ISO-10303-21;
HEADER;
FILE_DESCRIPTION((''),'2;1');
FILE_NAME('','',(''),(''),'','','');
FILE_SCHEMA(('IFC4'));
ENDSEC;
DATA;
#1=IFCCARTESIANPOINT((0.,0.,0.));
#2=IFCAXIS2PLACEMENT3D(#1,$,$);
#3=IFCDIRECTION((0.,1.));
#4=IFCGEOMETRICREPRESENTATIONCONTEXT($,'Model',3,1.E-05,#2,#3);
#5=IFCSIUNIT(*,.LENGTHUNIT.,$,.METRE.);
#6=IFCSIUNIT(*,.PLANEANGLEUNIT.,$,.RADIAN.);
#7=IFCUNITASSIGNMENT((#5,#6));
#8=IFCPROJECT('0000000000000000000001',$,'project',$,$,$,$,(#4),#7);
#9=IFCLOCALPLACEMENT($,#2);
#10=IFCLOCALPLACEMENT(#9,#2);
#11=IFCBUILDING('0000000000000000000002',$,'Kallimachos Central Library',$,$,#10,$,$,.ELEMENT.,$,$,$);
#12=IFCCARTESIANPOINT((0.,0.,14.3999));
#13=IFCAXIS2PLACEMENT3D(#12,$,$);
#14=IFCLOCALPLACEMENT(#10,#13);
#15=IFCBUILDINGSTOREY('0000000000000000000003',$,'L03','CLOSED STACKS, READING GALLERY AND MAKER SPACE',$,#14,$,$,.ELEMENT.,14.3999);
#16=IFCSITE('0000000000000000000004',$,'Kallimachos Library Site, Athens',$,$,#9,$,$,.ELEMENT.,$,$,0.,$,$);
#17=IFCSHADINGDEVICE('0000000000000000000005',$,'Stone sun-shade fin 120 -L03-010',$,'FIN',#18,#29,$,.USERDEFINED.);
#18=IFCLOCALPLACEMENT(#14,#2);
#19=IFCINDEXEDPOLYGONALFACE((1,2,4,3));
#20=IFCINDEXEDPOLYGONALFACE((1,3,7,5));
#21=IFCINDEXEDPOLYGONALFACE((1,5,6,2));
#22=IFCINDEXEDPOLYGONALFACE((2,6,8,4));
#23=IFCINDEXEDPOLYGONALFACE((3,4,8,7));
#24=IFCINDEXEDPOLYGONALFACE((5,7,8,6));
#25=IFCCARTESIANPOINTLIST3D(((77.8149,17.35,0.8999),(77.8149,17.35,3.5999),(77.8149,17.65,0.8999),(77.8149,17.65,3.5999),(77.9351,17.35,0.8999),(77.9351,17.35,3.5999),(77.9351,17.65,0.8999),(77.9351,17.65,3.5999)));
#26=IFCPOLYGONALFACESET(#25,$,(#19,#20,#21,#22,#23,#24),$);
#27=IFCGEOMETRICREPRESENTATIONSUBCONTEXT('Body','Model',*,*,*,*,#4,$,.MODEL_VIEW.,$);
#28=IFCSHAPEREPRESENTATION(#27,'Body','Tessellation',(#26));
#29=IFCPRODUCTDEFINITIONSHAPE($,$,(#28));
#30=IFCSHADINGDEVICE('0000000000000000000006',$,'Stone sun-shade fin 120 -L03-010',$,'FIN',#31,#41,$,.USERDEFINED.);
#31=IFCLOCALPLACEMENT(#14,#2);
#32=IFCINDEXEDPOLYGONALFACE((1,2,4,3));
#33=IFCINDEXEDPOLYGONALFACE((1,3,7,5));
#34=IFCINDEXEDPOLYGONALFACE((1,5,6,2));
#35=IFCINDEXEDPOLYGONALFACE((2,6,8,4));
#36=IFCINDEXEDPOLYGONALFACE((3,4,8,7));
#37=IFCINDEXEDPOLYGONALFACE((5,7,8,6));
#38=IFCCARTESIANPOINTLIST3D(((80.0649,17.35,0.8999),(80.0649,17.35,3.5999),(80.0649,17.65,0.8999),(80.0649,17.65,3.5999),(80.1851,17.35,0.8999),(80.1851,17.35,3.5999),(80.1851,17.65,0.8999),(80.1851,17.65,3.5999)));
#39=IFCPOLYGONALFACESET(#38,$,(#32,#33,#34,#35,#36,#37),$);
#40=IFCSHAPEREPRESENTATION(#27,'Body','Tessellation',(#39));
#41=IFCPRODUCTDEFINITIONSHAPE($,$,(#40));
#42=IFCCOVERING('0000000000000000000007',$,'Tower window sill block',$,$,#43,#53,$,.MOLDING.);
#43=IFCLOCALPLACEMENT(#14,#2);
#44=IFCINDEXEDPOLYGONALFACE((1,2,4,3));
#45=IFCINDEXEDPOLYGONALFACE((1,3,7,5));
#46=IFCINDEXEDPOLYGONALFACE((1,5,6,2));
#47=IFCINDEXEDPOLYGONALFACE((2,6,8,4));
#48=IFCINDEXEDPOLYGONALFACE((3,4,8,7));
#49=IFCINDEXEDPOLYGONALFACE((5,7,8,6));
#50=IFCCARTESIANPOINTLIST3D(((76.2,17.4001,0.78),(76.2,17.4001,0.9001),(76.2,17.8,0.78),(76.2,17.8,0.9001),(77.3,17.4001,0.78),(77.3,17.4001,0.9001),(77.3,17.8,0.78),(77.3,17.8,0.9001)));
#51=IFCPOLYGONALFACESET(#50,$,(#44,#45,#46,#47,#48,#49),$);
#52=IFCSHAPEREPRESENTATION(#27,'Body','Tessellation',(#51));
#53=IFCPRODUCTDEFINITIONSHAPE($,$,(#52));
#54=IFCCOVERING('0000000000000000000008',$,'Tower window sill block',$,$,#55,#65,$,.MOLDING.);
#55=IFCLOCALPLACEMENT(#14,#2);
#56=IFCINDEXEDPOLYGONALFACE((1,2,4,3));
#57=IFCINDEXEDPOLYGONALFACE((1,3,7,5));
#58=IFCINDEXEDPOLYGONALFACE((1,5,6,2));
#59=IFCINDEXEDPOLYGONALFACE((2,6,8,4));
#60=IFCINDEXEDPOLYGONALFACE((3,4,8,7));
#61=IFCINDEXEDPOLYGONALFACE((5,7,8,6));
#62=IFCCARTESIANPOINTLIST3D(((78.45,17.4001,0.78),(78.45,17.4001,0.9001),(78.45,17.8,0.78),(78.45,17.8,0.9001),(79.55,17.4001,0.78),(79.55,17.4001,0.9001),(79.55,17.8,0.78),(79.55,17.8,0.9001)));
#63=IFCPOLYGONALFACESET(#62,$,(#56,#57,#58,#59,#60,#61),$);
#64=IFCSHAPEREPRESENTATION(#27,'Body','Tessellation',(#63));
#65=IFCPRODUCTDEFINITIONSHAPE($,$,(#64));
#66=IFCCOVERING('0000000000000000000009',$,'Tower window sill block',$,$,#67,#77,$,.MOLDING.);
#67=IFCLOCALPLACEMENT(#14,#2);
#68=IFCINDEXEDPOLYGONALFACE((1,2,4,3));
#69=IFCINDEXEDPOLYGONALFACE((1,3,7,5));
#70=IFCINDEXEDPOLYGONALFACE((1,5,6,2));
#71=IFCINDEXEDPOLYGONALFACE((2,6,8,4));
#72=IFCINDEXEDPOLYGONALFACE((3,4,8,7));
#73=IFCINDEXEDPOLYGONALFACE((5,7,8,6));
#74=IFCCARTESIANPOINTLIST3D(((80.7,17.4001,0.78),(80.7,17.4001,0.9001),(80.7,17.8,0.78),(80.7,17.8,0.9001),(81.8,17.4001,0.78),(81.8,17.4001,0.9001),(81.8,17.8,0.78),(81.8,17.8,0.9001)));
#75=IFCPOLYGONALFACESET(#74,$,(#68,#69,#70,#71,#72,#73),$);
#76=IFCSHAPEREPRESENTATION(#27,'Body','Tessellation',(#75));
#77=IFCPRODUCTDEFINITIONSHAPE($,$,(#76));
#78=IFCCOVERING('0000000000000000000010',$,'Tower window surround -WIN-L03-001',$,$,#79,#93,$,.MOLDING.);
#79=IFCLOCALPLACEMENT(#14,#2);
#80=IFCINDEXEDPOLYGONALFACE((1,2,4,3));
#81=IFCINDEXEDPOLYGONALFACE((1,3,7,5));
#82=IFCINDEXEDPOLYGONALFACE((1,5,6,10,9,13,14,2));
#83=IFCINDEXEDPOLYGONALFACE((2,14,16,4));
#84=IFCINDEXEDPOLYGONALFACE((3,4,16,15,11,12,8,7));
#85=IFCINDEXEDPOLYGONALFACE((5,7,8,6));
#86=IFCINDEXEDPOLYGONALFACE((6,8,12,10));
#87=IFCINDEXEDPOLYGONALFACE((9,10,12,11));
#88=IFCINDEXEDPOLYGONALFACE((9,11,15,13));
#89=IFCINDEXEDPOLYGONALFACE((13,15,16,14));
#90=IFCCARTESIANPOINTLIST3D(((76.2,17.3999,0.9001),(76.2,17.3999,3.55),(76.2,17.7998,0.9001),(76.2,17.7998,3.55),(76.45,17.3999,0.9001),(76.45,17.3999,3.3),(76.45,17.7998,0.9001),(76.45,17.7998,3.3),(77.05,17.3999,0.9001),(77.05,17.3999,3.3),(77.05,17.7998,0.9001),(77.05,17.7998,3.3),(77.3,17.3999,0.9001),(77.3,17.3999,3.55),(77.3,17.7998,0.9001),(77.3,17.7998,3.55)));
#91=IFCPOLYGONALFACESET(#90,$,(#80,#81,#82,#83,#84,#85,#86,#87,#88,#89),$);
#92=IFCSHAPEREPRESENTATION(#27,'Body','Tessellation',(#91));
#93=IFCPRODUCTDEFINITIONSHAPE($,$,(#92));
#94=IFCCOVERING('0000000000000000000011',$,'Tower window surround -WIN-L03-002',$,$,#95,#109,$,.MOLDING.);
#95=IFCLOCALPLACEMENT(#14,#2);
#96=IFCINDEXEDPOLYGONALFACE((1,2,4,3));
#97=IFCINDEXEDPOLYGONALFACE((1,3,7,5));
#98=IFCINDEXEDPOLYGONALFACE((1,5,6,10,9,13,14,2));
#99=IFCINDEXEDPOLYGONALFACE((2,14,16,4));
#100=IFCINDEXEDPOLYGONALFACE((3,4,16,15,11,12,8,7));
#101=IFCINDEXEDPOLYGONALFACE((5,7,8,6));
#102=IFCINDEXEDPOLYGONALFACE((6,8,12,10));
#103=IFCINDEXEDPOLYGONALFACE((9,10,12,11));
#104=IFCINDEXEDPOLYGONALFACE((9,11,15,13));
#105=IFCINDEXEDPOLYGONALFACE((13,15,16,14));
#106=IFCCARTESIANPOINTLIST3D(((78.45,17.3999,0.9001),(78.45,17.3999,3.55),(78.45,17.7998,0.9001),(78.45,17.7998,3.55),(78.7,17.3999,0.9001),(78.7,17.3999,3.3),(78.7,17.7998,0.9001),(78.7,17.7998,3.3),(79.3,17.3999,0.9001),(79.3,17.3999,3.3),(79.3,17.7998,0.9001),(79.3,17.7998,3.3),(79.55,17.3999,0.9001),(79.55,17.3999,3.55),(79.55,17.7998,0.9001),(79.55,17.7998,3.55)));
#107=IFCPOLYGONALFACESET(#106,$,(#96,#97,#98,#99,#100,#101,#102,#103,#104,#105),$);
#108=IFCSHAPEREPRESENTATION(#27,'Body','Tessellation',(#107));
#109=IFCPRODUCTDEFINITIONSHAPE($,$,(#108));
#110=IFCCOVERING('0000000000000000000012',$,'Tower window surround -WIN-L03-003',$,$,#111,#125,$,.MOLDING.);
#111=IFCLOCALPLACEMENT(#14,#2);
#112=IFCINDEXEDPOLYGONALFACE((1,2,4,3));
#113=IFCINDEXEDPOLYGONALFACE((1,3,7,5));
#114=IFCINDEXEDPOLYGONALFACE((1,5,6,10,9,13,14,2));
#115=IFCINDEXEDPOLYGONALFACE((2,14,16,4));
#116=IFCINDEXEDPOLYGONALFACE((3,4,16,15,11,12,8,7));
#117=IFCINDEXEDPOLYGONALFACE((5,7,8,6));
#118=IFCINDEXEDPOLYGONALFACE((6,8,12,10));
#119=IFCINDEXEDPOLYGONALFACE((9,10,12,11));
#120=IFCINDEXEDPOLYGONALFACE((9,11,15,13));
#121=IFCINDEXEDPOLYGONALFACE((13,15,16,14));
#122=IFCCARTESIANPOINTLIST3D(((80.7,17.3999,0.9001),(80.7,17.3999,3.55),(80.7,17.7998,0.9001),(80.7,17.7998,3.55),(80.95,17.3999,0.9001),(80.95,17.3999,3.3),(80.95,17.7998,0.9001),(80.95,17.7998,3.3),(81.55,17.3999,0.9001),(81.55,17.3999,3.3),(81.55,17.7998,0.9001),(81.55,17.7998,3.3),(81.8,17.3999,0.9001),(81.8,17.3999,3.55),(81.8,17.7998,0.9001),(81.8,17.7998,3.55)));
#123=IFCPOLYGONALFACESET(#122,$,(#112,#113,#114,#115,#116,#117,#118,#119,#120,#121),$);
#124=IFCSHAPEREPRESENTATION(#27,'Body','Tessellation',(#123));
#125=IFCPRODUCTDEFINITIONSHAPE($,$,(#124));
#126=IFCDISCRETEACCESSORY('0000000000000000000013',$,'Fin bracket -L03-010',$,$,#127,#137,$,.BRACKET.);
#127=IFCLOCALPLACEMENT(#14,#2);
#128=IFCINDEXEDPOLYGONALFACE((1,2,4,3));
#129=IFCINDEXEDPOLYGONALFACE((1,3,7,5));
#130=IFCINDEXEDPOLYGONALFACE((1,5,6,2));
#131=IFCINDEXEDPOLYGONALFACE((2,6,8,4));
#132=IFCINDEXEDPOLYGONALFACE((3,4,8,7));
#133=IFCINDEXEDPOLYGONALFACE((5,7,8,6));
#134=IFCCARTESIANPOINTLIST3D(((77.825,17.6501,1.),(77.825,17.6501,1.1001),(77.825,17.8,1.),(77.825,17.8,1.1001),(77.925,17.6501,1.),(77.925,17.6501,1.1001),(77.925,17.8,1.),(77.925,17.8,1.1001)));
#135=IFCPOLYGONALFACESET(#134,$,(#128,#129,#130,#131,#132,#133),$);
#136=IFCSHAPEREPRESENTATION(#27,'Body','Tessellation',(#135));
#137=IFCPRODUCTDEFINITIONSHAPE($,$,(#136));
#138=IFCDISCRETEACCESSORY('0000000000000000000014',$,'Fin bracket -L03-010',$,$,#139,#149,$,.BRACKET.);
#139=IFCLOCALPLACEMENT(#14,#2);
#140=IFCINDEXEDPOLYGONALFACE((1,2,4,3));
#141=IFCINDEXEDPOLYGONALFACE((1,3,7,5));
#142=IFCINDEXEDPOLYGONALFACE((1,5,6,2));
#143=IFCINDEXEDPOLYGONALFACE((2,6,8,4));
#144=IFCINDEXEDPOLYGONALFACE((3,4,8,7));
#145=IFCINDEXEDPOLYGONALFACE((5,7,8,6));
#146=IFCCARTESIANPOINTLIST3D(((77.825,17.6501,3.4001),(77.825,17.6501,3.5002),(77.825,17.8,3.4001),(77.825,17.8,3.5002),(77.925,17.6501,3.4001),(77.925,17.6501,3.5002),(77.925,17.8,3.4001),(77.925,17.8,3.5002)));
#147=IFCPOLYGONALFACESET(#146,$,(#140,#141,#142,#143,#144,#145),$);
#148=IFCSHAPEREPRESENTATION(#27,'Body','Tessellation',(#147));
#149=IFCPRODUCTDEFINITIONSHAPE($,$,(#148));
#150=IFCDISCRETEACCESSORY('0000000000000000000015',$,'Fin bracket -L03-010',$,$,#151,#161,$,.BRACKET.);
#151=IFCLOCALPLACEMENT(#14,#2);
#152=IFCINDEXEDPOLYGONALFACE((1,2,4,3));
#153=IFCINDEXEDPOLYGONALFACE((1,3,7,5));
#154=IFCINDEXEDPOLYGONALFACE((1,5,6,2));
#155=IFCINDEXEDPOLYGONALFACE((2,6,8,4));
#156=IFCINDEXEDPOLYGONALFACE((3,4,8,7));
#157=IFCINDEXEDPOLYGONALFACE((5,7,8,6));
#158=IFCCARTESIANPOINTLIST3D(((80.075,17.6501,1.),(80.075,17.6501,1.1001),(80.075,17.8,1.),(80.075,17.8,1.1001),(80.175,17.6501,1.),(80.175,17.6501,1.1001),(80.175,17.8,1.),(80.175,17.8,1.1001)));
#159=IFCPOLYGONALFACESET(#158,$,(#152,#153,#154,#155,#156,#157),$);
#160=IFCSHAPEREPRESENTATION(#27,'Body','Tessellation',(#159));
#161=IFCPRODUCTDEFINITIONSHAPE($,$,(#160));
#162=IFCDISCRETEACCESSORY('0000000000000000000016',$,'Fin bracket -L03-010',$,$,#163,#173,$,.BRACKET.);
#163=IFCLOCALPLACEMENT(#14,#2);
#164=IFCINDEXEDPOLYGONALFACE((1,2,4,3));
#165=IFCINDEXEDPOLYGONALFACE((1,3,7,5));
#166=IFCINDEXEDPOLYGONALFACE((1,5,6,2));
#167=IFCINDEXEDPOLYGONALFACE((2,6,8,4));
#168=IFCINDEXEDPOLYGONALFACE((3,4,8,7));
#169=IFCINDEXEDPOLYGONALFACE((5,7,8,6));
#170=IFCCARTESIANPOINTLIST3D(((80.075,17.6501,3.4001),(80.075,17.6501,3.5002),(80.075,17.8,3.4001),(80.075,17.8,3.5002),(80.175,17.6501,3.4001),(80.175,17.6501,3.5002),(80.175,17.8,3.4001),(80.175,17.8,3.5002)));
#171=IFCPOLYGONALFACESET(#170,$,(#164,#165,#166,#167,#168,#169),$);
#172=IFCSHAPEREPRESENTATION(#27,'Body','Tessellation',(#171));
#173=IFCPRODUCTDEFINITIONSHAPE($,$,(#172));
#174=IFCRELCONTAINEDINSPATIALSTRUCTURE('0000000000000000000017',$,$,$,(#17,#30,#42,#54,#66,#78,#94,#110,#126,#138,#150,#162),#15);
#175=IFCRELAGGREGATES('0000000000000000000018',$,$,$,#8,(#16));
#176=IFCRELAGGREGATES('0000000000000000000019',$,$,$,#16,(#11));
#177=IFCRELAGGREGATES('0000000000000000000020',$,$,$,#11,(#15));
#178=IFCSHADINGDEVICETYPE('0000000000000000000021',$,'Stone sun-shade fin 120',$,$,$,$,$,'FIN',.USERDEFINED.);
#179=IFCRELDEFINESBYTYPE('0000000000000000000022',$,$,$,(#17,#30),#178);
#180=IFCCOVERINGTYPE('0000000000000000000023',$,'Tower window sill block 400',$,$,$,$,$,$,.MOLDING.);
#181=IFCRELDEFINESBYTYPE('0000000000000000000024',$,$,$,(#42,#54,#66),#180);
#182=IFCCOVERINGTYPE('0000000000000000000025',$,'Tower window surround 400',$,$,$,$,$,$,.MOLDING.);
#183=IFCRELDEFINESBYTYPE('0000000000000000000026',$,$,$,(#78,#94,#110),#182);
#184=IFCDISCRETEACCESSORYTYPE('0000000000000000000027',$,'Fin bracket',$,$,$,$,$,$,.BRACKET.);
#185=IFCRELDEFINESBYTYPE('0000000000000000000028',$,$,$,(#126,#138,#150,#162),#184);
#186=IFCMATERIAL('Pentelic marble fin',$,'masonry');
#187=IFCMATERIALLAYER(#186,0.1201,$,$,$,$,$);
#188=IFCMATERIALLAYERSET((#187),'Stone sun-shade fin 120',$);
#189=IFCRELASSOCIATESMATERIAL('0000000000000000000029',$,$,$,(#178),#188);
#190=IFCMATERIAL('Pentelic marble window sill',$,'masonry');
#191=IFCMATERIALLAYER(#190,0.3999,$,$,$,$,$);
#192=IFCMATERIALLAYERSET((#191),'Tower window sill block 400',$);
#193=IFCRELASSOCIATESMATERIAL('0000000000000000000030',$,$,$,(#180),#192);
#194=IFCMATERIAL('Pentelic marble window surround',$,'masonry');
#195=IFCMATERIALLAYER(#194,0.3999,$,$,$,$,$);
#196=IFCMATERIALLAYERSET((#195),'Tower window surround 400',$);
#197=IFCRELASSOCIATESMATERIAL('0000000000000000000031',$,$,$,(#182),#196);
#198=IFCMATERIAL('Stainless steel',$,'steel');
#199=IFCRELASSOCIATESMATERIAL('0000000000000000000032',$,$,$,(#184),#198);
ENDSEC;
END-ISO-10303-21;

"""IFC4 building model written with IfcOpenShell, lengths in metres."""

from ifc_helpers import new_model, si_unit, direction, frame, origin, origin_2d, place, context, subcontext, project, spatial, polyline, rectangle, outline, extrude, material, layer, layer_set, type_object, element, save


model = new_model("IFC4")

# Units and contexts
model_context = context("Model", 3, precision=1e-05, world=origin(), true_north=direction((0.0, 1.0)))
body_context = subcontext(model_context, "Body", "Model", "MODEL_VIEW")
ifc_project = project(units=[si_unit("LENGTHUNIT", "METRE"), si_unit("PLANEANGLEUNIT", "RADIAN")], contexts=[model_context])

# Site, building, storey
site_placement = place(None, origin())
site = spatial("IfcSite", under=ifc_project, at=site_placement, Name="Kallimachos Library Site, Athens", CompositionType="ELEMENT", RefElevation=0.0)
building_placement = place(site_placement, origin())
building = spatial("IfcBuilding", under=site, at=building_placement, Name="Kallimachos Central Library", CompositionType="ELEMENT")
storey_placement = place(building_placement, frame((0.0, 0.0, 14.3999)))
storey = spatial("IfcBuildingStorey", under=building, at=storey_placement, Name="L03", Description="CLOSED STACKS, READING GALLERY AND MAKER SPACE", CompositionType="ELEMENT", Elevation=14.3999)

# Shading devices
ifc_material_1 = material(Name="Pentelic marble fin", Category="masonry")
ifc_layer_1 = layer(ifc_material_1, 0.1201)
ifc_layer_set_1 = layer_set([ifc_layer_1], Name="Stone sun-shade fin 120")
shading_device_type = type_object("IfcShadingDeviceType", Name="Stone sun-shade fin 120", ElementType="FIN", PredefinedType="USERDEFINED", material=ifc_layer_set_1)
for number, where, z_axis, x_axis, name in (
    (1, (77.875, 17.5, 0.8999), (0.0, 0.0, 1.0), (1.0, 0.0, 0.0), "Stone sun-shade fin 120 -L03-010"),
    (2, (80.125, 17.5, 0.8999), (0.0, 0.0, 1.0), (1.0, 0.0, 0.0), "Stone sun-shade fin 120 -L03-010"),
):
    element("IfcShadingDevice", number, at=place(storey_placement, frame(where, z_axis=z_axis, x_axis=x_axis)), inside=storey, type_object=shading_device_type, Name=name, ObjectType="FIN", PredefinedType="USERDEFINED", context=body_context, shape_type="SweptSolid", body=[
        extrude(rectangle(XDim=0.1201, YDim=0.3, at=origin_2d()), origin(), (0.0, 0.0, 1.0), 2.7),
    ])

# Coverings
ifc_material_2 = material(Name="Pentelic marble window sill", Category="masonry")
ifc_layer_2 = layer(ifc_material_2, 0.3999)
ifc_layer_set_2 = layer_set([ifc_layer_2], Name="Tower window sill block 400")
covering_type_1 = type_object("IfcCoveringType", Name="Tower window sill block 400", PredefinedType="MOLDING", material=ifc_layer_set_2)
for number, where, z_axis, x_axis, name in (
    (3, (76.75, 17.6001, 0.78), (0.0, 0.0, 1.0), (1.0, 0.0, 0.0), "Tower window sill block"),
    (4, (79.0, 17.6001, 0.78), (0.0, 0.0, 1.0), (1.0, 0.0, 0.0), "Tower window sill block"),
    (5, (81.25, 17.6001, 0.78), (0.0, 0.0, 1.0), (1.0, 0.0, 0.0), "Tower window sill block"),
):
    element("IfcCovering", number, at=place(storey_placement, frame(where, z_axis=z_axis, x_axis=x_axis)), inside=storey, type_object=covering_type_1, Name=name, PredefinedType="MOLDING", context=body_context, shape_type="SweptSolid", body=[
        extrude(rectangle(XDim=1.1001, YDim=0.3999, at=origin_2d()), origin(), (0.0, 0.0, 1.0), 0.1201),
    ])
ifc_material_3 = material(Name="Pentelic marble window surround", Category="masonry")
ifc_layer_3 = layer(ifc_material_3, 0.3999)
ifc_layer_set_3 = layer_set([ifc_layer_3], Name="Tower window surround 400")
covering_type_2 = type_object("IfcCoveringType", Name="Tower window surround 400", PredefinedType="MOLDING", material=ifc_layer_set_3)
for number, where, z_axis, x_axis, name in (
    (6, (76.45, 17.3999, 0.9001), (0.0, -1.0, 0.0), (0.0, 0.0, 1.0), "Tower window surround -WIN-L03-001"),
    (7, (78.7, 17.3999, 0.9001), (0.0, -1.0, 0.0), (0.0, 0.0, 1.0), "Tower window surround -WIN-L03-002"),
    (8, (80.95, 17.3999, 0.9001), (0.0, -1.0, 0.0), (0.0, 0.0, 1.0), "Tower window surround -WIN-L03-003"),
):
    element("IfcCovering", number, at=place(storey_placement, frame(where, z_axis=z_axis, x_axis=x_axis)), inside=storey, type_object=covering_type_2, Name=name, PredefinedType="MOLDING", context=body_context, shape_type="SweptSolid", body=[
        extrude(outline(polyline([(0.0, 0.0), (2.3999, 0.0), (2.3999, -0.6001), (0.0, -0.6001), (0.0, -0.8501), (2.6499, -0.8501), (2.6499, 0.25), (0.0, 0.25), (0.0, 0.0)])), origin(), (0.0, 0.0, -1.0), 0.3999),
    ])

# Discrete accessories
ifc_material_4 = material(Name="Stainless steel", Category="steel")
discrete_accessory_type = type_object("IfcDiscreteAccessoryType", Name="Fin bracket", PredefinedType="BRACKET", material=ifc_material_4)
for number, where, z_axis, x_axis, name in (
    (9, (77.875, 17.7251, 1.0), (0.0, 0.0, 1.0), (1.0, 0.0, 0.0), "Fin bracket -L03-010"),
    (10, (77.875, 17.7251, 3.4001), (0.0, 0.0, 1.0), (1.0, 0.0, 0.0), "Fin bracket -L03-010"),
    (11, (80.125, 17.7251, 1.0), (0.0, 0.0, 1.0), (1.0, 0.0, 0.0), "Fin bracket -L03-010"),
    (12, (80.125, 17.7251, 3.4001), (0.0, 0.0, 1.0), (1.0, 0.0, 0.0), "Fin bracket -L03-010"),
):
    element("IfcDiscreteAccessory", number, at=place(storey_placement, frame(where, z_axis=z_axis, x_axis=x_axis)), inside=storey, type_object=discrete_accessory_type, Name=name, PredefinedType="BRACKET", context=body_context, shape_type="SweptSolid", body=[
        extrude(rectangle(XDim=0.1001, YDim=0.1499, at=origin_2d()), origin(), (0.0, 0.0, 1.0), 0.1001),
    ])

save(model, "model.ifc")
